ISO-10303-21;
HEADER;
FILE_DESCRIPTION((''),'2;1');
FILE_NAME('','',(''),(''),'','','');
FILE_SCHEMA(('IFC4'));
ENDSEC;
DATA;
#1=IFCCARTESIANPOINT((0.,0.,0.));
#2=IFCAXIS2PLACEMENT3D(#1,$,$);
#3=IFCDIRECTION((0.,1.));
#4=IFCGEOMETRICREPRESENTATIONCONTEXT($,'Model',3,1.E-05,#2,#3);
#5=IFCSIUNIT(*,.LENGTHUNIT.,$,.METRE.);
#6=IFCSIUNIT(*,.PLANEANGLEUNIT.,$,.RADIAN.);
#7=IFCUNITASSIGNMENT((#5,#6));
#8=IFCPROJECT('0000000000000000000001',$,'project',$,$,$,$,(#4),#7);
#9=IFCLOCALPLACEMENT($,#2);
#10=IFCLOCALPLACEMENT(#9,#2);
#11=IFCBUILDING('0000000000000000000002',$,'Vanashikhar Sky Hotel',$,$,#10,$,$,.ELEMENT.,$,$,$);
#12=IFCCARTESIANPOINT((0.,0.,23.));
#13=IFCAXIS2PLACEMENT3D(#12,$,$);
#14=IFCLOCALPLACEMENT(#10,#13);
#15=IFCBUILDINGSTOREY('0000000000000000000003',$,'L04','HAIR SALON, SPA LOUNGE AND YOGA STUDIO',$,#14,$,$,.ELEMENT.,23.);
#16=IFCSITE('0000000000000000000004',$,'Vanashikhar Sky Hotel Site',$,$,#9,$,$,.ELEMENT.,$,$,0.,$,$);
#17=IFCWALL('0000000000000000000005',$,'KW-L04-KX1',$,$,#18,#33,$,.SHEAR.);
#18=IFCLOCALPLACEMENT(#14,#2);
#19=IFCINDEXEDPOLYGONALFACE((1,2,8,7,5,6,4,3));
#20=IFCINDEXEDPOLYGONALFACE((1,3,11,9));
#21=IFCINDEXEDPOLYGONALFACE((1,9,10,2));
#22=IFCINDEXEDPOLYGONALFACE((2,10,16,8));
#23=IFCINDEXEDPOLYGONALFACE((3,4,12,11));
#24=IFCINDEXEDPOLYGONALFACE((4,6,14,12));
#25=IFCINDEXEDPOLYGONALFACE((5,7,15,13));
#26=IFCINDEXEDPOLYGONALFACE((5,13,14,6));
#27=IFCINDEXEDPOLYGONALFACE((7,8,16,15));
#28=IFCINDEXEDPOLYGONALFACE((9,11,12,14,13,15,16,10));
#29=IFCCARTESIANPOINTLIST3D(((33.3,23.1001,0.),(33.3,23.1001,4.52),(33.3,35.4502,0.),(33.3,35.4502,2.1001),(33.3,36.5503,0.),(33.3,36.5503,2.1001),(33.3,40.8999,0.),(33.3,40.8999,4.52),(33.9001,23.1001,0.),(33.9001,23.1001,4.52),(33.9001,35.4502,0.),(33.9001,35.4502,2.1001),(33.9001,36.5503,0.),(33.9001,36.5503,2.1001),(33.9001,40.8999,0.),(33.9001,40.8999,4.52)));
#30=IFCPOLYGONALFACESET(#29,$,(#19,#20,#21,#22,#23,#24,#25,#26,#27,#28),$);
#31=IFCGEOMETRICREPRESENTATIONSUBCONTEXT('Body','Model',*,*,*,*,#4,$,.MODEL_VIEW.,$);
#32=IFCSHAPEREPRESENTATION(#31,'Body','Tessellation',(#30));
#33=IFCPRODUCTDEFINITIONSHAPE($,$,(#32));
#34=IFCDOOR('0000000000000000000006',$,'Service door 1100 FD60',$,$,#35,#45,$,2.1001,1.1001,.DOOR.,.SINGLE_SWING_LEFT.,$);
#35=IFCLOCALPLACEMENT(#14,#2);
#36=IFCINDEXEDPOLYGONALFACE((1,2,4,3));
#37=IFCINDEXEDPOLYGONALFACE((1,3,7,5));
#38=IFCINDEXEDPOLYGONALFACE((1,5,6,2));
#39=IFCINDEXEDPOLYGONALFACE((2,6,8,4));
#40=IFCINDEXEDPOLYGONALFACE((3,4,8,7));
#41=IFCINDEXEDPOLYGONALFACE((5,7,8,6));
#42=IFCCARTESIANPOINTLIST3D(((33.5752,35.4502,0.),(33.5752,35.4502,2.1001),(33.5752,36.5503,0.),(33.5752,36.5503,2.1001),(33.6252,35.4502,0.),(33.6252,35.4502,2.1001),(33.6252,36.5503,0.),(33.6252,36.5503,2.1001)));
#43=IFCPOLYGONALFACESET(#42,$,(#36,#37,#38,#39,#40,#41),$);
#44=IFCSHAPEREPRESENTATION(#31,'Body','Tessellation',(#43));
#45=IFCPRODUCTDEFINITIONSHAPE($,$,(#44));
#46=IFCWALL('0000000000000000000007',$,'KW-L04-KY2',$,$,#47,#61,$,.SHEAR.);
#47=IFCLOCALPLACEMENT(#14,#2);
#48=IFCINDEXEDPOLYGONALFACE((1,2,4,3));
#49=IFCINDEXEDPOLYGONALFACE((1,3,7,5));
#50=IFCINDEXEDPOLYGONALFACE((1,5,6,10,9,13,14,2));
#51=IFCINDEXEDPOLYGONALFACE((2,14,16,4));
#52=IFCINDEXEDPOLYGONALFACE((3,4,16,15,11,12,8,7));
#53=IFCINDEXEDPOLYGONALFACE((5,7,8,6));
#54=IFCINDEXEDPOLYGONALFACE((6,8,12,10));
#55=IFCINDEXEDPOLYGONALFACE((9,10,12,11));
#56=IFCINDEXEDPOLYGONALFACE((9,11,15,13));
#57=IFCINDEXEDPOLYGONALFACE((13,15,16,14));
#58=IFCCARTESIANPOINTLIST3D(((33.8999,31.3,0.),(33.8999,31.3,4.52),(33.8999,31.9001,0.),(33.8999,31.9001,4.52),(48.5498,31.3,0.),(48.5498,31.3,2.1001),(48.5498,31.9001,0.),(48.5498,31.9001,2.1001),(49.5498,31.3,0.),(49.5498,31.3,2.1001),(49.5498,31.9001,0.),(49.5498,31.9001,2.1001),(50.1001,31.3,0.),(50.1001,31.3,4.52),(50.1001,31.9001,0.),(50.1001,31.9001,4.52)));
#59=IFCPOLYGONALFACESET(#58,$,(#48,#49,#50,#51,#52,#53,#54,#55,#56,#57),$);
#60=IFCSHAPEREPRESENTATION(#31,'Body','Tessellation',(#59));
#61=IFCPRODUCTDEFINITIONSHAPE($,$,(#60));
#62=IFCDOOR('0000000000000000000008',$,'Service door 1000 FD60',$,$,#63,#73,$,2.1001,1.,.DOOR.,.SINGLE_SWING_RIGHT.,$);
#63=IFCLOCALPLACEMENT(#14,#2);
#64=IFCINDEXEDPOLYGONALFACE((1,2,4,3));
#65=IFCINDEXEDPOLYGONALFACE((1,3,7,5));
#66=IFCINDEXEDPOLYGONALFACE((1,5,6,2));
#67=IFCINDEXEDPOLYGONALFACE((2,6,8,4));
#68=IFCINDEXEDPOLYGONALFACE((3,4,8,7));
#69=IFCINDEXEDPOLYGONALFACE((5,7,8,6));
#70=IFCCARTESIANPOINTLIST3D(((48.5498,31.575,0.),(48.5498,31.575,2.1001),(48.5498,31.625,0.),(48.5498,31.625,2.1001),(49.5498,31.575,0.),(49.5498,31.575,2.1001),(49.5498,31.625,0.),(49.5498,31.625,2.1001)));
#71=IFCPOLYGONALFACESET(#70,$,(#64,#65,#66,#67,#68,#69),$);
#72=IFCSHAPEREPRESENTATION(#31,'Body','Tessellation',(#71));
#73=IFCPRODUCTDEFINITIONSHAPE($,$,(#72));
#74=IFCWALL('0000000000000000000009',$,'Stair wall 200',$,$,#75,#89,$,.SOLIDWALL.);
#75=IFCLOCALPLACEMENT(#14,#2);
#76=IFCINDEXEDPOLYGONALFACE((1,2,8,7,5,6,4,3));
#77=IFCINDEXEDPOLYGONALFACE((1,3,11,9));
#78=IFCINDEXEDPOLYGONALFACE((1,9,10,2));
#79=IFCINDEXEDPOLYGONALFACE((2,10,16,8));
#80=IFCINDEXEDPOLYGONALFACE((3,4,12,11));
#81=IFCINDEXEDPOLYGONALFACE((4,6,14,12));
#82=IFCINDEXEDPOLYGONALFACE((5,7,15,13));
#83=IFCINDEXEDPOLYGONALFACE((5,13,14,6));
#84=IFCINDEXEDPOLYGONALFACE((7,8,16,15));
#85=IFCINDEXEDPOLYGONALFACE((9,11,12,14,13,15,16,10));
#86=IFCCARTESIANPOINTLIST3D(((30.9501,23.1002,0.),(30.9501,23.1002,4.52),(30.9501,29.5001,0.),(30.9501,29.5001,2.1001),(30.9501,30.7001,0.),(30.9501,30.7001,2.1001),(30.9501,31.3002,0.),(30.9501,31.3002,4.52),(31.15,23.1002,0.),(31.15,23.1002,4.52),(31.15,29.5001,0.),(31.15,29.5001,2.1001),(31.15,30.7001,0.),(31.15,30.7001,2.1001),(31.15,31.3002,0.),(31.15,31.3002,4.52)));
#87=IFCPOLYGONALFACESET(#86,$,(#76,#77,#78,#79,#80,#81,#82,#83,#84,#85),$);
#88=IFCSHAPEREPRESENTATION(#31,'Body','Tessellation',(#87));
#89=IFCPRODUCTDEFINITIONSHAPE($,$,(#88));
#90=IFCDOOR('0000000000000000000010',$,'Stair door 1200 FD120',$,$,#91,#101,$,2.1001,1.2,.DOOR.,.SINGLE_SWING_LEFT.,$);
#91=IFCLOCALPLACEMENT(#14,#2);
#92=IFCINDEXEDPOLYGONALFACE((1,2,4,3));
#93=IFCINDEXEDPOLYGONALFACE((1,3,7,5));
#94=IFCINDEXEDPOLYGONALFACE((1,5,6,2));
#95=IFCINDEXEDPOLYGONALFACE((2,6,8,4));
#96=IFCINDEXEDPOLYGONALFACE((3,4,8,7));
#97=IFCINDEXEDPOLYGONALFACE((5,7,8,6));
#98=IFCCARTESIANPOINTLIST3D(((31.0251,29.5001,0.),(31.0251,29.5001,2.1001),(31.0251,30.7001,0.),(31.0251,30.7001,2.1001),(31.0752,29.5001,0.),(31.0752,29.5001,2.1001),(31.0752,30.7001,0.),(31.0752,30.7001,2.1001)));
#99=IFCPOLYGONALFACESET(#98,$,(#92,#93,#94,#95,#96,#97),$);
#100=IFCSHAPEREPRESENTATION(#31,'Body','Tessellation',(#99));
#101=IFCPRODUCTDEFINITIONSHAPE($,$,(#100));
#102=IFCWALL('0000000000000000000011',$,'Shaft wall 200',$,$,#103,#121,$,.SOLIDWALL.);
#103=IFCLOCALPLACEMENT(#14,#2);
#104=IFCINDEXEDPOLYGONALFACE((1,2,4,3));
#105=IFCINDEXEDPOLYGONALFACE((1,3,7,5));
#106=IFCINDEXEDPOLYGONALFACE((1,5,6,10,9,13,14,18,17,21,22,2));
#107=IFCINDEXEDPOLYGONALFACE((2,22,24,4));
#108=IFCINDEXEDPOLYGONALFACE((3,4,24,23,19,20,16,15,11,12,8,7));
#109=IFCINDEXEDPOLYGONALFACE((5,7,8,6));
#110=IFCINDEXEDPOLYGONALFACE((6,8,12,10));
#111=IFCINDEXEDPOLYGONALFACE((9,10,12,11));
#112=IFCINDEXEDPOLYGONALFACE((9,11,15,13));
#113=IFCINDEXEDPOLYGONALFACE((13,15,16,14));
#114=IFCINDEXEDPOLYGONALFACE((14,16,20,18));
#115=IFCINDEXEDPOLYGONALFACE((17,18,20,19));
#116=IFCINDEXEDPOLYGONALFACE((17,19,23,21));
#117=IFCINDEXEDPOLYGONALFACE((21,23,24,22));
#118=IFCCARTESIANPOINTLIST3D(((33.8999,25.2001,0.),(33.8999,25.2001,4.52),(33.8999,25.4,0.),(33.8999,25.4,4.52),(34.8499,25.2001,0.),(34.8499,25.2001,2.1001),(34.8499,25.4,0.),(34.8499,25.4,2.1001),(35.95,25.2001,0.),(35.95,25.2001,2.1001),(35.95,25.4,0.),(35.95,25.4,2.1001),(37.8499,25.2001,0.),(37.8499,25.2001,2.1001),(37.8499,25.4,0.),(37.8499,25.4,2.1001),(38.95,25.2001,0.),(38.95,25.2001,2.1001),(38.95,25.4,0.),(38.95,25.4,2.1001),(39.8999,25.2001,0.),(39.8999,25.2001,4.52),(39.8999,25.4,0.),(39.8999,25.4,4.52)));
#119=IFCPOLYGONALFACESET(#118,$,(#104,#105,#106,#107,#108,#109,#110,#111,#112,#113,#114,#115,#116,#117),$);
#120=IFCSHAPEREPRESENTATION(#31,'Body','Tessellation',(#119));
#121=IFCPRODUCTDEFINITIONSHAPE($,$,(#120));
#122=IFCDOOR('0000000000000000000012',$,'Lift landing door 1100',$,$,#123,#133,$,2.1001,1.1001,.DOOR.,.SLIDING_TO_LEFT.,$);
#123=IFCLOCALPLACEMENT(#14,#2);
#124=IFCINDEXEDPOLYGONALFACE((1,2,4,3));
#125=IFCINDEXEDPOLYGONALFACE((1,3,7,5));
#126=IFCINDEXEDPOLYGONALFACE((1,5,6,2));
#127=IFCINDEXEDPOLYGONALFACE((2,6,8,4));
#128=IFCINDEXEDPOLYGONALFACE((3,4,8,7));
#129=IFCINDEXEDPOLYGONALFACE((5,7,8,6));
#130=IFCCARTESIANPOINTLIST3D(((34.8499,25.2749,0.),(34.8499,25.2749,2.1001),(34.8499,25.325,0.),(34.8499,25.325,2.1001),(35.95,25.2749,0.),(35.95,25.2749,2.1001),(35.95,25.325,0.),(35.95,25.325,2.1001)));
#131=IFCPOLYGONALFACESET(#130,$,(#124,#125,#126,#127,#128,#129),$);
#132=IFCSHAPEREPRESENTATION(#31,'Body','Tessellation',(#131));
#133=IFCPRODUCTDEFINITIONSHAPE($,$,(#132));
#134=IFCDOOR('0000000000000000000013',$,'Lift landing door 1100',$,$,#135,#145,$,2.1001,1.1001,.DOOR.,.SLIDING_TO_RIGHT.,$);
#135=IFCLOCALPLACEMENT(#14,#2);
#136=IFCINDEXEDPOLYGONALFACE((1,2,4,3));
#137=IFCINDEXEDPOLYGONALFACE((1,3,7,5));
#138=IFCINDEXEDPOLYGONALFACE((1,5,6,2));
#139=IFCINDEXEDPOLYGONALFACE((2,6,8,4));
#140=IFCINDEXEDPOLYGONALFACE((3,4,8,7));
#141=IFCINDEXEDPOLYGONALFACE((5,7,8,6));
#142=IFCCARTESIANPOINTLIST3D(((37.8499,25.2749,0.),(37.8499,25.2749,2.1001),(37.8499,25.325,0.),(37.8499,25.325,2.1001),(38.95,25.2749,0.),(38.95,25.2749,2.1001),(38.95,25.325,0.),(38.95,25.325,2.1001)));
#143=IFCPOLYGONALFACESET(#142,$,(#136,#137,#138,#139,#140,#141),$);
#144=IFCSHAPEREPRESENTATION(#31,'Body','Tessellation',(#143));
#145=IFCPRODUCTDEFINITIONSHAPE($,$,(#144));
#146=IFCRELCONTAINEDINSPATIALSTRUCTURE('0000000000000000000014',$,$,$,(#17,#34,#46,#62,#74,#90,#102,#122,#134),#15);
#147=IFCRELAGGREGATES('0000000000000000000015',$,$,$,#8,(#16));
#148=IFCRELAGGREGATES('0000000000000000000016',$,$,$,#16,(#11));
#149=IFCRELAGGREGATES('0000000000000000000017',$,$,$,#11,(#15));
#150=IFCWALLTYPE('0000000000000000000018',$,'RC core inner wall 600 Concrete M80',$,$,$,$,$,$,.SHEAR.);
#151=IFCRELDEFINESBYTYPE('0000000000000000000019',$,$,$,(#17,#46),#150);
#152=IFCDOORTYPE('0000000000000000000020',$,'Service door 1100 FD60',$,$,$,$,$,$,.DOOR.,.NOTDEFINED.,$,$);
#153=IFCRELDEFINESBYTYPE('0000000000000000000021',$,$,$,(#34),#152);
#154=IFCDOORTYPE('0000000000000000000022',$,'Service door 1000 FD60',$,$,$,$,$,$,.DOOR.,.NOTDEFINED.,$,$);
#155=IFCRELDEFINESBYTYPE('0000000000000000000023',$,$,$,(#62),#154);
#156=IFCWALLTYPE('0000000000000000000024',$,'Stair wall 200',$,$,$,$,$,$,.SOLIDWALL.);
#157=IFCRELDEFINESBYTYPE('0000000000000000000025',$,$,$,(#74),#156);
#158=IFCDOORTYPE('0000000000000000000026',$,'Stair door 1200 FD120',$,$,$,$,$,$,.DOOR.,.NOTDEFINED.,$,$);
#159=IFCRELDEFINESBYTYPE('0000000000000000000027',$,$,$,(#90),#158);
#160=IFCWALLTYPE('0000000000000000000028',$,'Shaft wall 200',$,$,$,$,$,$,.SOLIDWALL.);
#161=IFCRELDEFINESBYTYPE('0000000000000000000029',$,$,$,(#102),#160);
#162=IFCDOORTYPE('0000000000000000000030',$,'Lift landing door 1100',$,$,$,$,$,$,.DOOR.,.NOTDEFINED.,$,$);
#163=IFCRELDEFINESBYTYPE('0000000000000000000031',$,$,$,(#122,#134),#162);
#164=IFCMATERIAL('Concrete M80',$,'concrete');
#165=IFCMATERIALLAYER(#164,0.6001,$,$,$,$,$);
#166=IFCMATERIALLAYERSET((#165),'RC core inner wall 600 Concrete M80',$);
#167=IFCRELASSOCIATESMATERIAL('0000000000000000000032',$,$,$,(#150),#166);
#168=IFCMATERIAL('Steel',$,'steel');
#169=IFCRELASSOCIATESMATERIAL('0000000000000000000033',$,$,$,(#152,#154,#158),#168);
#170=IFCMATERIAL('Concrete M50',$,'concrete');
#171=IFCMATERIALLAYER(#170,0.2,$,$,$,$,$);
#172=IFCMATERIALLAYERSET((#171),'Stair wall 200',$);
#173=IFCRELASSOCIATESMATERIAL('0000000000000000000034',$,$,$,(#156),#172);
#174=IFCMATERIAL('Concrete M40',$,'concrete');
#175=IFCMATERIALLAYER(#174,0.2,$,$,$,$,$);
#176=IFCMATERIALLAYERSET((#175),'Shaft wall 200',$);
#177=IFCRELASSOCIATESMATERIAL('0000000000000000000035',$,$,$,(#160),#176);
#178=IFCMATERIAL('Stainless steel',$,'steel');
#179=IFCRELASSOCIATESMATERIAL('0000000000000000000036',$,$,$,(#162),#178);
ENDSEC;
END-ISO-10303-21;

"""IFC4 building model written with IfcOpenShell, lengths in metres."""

from ifc_helpers import new_model, si_unit, direction, frame, frame_2d, origin, place, context, subcontext, project, spatial, rectangle, extrude, source, transform, mapped, material, layer, layer_set, type_object, element, fill, save


model = new_model("IFC4")

# Units and contexts
model_context = context("Model", 3, precision=1e-05, world=origin(), true_north=direction((0.0, 1.0)))
body_context = subcontext(model_context, "Body", "Model", "MODEL_VIEW")
ifc_project = project(units=[si_unit("LENGTHUNIT", "METRE"), si_unit("PLANEANGLEUNIT", "RADIAN")], contexts=[model_context])

# Site, building, storey
site_placement = place(None, origin())
site = spatial("IfcSite", under=ifc_project, at=site_placement, Name="Vanashikhar Sky Hotel Site", CompositionType="ELEMENT", RefElevation=0.0)
building_placement = place(site_placement, origin())
building = spatial("IfcBuilding", under=site, at=building_placement, Name="Vanashikhar Sky Hotel", CompositionType="ELEMENT")
storey_placement = place(building_placement, frame((0.0, 0.0, 23.0)))
storey = spatial("IfcBuildingStorey", under=building, at=storey_placement, Name="L04", Description="HAIR SALON, SPA LOUNGE AND YOGA STUDIO", CompositionType="ELEMENT", Elevation=23.0)

# Walls, openings, doors
ifc_material_1 = material(Name="Concrete M80", Category="concrete")
ifc_layer_1 = layer(ifc_material_1, 0.6001)
ifc_layer_set_1 = layer_set([ifc_layer_1], Name="RC core inner wall 600 Concrete M80")
wall_type_1 = type_object("IfcWallType", Name="RC core inner wall 600 Concrete M80", PredefinedType="SHEAR", material=ifc_layer_set_1)
shared_shape_1 = source(origin(), body_context, "Body", "SweptSolid", [
    extrude(rectangle(XDim=17.7998, YDim=0.6001, at=frame_2d((8.8999, 0.0))), origin(), (0.0, 0.0, 1.0), 4.52),
])
wall_1_placement = place(storey_placement, frame((33.6001, 23.1001, 0.0), z_axis=(0.0, 0.0, 1.0), x_axis=(0.0, 1.0, 0.0)))
wall_1 = element("IfcWall", 1, at=wall_1_placement, inside=storey, type_object=wall_type_1, Name="KW-L04-KX1", PredefinedType="SHEAR", context=body_context, shape_type="MappedRepresentation", body=[
    mapped(shared_shape_1, transform((0.0, 0.0, 0.0), scale=1.0)),
])
shared_shape_2 = source(origin(), body_context, "Body", "SweptSolid", [
    extrude(rectangle(XDim=1.1001, YDim=2.1001, at=frame_2d((0.55, 1.05))), frame((0.0, 0.3101, 0.0), z_axis=(0.0, -1.0, 0.0), x_axis=(1.0, 0.0, 0.0)), (0.0, 0.0, 1.0), 0.6201),
])
opening_1_placement = place(wall_1_placement, frame((12.3501, 0.0, 0.0)))
opening_1 = element("IfcOpeningElement", 2, at=opening_1_placement, cuts=wall_1, PredefinedType="OPENING", context=body_context, shape_type="MappedRepresentation", body=[
    mapped(shared_shape_2, transform((0.0, 0.0, 0.0), scale=1.0)),
])
ifc_material_2 = material(Name="Steel", Category="steel")
door_type_1 = type_object("IfcDoorType", Name="Service door 1100 FD60", OperationType="NOTDEFINED", PredefinedType="DOOR", material=ifc_material_2)
shared_shape_3 = source(origin(), body_context, "Body", "SweptSolid", [
    extrude(rectangle(XDim=1.1001, YDim=2.1001, at=frame_2d((0.55, 1.05))), frame((0.0, 0.0249, 0.0), z_axis=(0.0, -1.0, 0.0), x_axis=(1.0, 0.0, 0.0)), (0.0, 0.0, 1.0), 0.05),
])
door_1_placement = place(opening_1_placement, origin())
door_1 = element("IfcDoor", 3, at=door_1_placement, inside=storey, type_object=door_type_1, Name="Service door 1100 FD60", OperationType="SINGLE_SWING_LEFT", OverallHeight=2.1001, OverallWidth=1.1001, PredefinedType="DOOR", context=body_context, shape_type="MappedRepresentation", body=[
    mapped(shared_shape_3, transform((0.0, 0.0, 0.0), scale=1.0)),
])
fill(opening_1, door_1)
shared_shape_4 = source(origin(), body_context, "Body", "SweptSolid", [
    extrude(rectangle(XDim=16.2002, YDim=0.6001, at=frame_2d((8.1001, 0.0))), origin(), (0.0, 0.0, 1.0), 4.52),
])
wall_2_placement = place(storey_placement, frame((33.8999, 31.6001, 0.0), z_axis=(0.0, 0.0, 1.0), x_axis=(1.0, 0.0, 0.0)))
wall_2 = element("IfcWall", 4, at=wall_2_placement, inside=storey, type_object=wall_type_1, Name="KW-L04-KY2", PredefinedType="SHEAR", context=body_context, shape_type="MappedRepresentation", body=[
    mapped(shared_shape_4, transform((0.0, 0.0, 0.0), scale=1.0)),
])
shared_shape_5 = source(origin(), body_context, "Body", "SweptSolid", [
    extrude(rectangle(XDim=1.0, YDim=2.1001, at=frame_2d((0.5, 1.05))), frame((0.0, 0.3101, 0.0), z_axis=(0.0, -1.0, 0.0), x_axis=(1.0, 0.0, 0.0)), (0.0, 0.0, 1.0), 0.6201),
])
opening_2_placement = place(wall_2_placement, frame((14.6499, 0.0, 0.0)))
opening_2 = element("IfcOpeningElement", 5, at=opening_2_placement, cuts=wall_2, PredefinedType="OPENING", context=body_context, shape_type="MappedRepresentation", body=[
    mapped(shared_shape_5, transform((0.0, 0.0, 0.0), scale=1.0)),
])
door_type_2 = type_object("IfcDoorType", Name="Service door 1000 FD60", OperationType="NOTDEFINED", PredefinedType="DOOR", material=ifc_material_2)
shared_shape_6 = source(origin(), body_context, "Body", "SweptSolid", [
    extrude(rectangle(XDim=1.0, YDim=2.1001, at=frame_2d((0.5, 1.05))), frame((0.0, 0.0249, 0.0), z_axis=(0.0, -1.0, 0.0), x_axis=(1.0, 0.0, 0.0)), (0.0, 0.0, 1.0), 0.05),
])
door_2_placement = place(opening_2_placement, origin())
door_2 = element("IfcDoor", 6, at=door_2_placement, inside=storey, type_object=door_type_2, Name="Service door 1000 FD60", OperationType="SINGLE_SWING_RIGHT", OverallHeight=2.1001, OverallWidth=1.0, PredefinedType="DOOR", context=body_context, shape_type="MappedRepresentation", body=[
    mapped(shared_shape_6, transform((0.0, 0.0, 0.0), scale=1.0)),
])
fill(opening_2, door_2)
ifc_material_3 = material(Name="Concrete M50", Category="concrete")
ifc_layer_2 = layer(ifc_material_3, 0.2)
ifc_layer_set_2 = layer_set([ifc_layer_2], Name="Stair wall 200")
wall_type_2 = type_object("IfcWallType", Name="Stair wall 200", PredefinedType="SOLIDWALL", material=ifc_layer_set_2)
shared_shape_7 = source(origin(), body_context, "Body", "SweptSolid", [
    extrude(rectangle(XDim=8.2, YDim=0.2, at=frame_2d((4.1001, 0.0))), origin(), (0.0, 0.0, 1.0), 4.52),
])
wall_3_placement = place(storey_placement, frame((31.05, 23.1001, 0.0), z_axis=(0.0, 0.0, 1.0), x_axis=(0.0, 1.0, 0.0)))
wall_3 = element("IfcWall", 7, at=wall_3_placement, inside=storey, type_object=wall_type_2, Name="Stair wall 200", PredefinedType="SOLIDWALL", context=body_context, shape_type="MappedRepresentation", body=[
    mapped(shared_shape_7, transform((0.0, 0.0, 0.0), scale=1.0)),
])
shared_shape_8 = source(origin(), body_context, "Body", "SweptSolid", [
    extrude(rectangle(XDim=1.2, YDim=2.1001, at=frame_2d((0.6001, 1.05))), frame((0.0, 0.1099, 0.0), z_axis=(0.0, -1.0, 0.0), x_axis=(1.0, 0.0, 0.0)), (0.0, 0.0, 1.0), 0.22),
])
opening_3_placement = place(wall_3_placement, frame((6.3999, 0.0, 0.0)))
opening_3 = element("IfcOpeningElement", 8, at=opening_3_placement, cuts=wall_3, PredefinedType="OPENING", context=body_context, shape_type="MappedRepresentation", body=[
    mapped(shared_shape_8, transform((0.0, 0.0, 0.0), scale=1.0)),
])
door_type_3 = type_object("IfcDoorType", Name="Stair door 1200 FD120", OperationType="NOTDEFINED", PredefinedType="DOOR", material=ifc_material_2)
shared_shape_9 = source(origin(), body_context, "Body", "SweptSolid", [
    extrude(rectangle(XDim=1.2, YDim=2.1001, at=frame_2d((0.6001, 1.05))), frame((0.0, 0.0249, 0.0), z_axis=(0.0, -1.0, 0.0), x_axis=(1.0, 0.0, 0.0)), (0.0, 0.0, 1.0), 0.05),
])
door_3_placement = place(opening_3_placement, origin())
door_3 = element("IfcDoor", 9, at=door_3_placement, inside=storey, type_object=door_type_3, Name="Stair door 1200 FD120", OperationType="SINGLE_SWING_LEFT", OverallHeight=2.1001, OverallWidth=1.2, PredefinedType="DOOR", context=body_context, shape_type="MappedRepresentation", body=[
    mapped(shared_shape_9, transform((0.0, 0.0, 0.0), scale=1.0)),
])
fill(opening_3, door_3)

# Wall, openings, doors
ifc_material_4 = material(Name="Concrete M40", Category="concrete")
ifc_layer_3 = layer(ifc_material_4, 0.2)
ifc_layer_set_3 = layer_set([ifc_layer_3], Name="Shaft wall 200")
wall_type_3 = type_object("IfcWallType", Name="Shaft wall 200", PredefinedType="SOLIDWALL", material=ifc_layer_set_3)
shared_shape_10 = source(origin(), body_context, "Body", "SweptSolid", [
    extrude(rectangle(XDim=6.0, YDim=0.2, at=frame_2d((3.0, 0.0))), origin(), (0.0, 0.0, 1.0), 4.52),
])
wall_4_placement = place(storey_placement, frame((33.8999, 25.3, 0.0), z_axis=(0.0, 0.0, 1.0), x_axis=(1.0, 0.0, 0.0)))
wall_4 = element("IfcWall", 10, at=wall_4_placement, inside=storey, type_object=wall_type_3, Name="Shaft wall 200", PredefinedType="SOLIDWALL", context=body_context, shape_type="MappedRepresentation", body=[
    mapped(shared_shape_10, transform((0.0, 0.0, 0.0), scale=1.0)),
])
shared_shape_11 = source(origin(), body_context, "Body", "SweptSolid", [
    extrude(rectangle(XDim=1.1001, YDim=2.1001, at=frame_2d((0.55, 1.05))), frame((0.0, 0.1099, 0.0), z_axis=(0.0, -1.0, 0.0), x_axis=(1.0, 0.0, 0.0)), (0.0, 0.0, 1.0), 0.22),
])
opening_4_placement = place(wall_4_placement, frame((0.95, 0.0, 0.0)))
opening_4 = element("IfcOpeningElement", 11, at=opening_4_placement, cuts=wall_4, PredefinedType="OPENING", context=body_context, shape_type="MappedRepresentation", body=[
    mapped(shared_shape_11, transform((0.0, 0.0, 0.0), scale=1.0)),
])
opening_5_placement = place(wall_4_placement, frame((3.95, 0.0, 0.0)))
opening_5 = element("IfcOpeningElement", 12, at=opening_5_placement, cuts=wall_4, PredefinedType="OPENING", context=body_context, shape_type="MappedRepresentation", body=[
    mapped(shared_shape_11, transform((0.0, 0.0, 0.0), scale=1.0)),
])
ifc_material_5 = material(Name="Stainless steel", Category="steel")
door_type_4 = type_object("IfcDoorType", Name="Lift landing door 1100", OperationType="NOTDEFINED", PredefinedType="DOOR", material=ifc_material_5)
door_4_placement = place(opening_4_placement, origin())
door_4 = element("IfcDoor", 13, at=door_4_placement, inside=storey, type_object=door_type_4, Name="Lift landing door 1100", OperationType="SLIDING_TO_LEFT", OverallHeight=2.1001, OverallWidth=1.1001, PredefinedType="DOOR", context=body_context, shape_type="MappedRepresentation", body=[
    mapped(shared_shape_3, transform((0.0, 0.0, 0.0), scale=1.0)),
])
fill(opening_4, door_4)
door_5_placement = place(opening_5_placement, origin())
door_5 = element("IfcDoor", 14, at=door_5_placement, inside=storey, type_object=door_type_4, Name="Lift landing door 1100", OperationType="SLIDING_TO_RIGHT", OverallHeight=2.1001, OverallWidth=1.1001, PredefinedType="DOOR", context=body_context, shape_type="MappedRepresentation", body=[
    mapped(shared_shape_3, transform((0.0, 0.0, 0.0), scale=1.0)),
])
fill(opening_5, door_5)

save(model, "model.ifc")
